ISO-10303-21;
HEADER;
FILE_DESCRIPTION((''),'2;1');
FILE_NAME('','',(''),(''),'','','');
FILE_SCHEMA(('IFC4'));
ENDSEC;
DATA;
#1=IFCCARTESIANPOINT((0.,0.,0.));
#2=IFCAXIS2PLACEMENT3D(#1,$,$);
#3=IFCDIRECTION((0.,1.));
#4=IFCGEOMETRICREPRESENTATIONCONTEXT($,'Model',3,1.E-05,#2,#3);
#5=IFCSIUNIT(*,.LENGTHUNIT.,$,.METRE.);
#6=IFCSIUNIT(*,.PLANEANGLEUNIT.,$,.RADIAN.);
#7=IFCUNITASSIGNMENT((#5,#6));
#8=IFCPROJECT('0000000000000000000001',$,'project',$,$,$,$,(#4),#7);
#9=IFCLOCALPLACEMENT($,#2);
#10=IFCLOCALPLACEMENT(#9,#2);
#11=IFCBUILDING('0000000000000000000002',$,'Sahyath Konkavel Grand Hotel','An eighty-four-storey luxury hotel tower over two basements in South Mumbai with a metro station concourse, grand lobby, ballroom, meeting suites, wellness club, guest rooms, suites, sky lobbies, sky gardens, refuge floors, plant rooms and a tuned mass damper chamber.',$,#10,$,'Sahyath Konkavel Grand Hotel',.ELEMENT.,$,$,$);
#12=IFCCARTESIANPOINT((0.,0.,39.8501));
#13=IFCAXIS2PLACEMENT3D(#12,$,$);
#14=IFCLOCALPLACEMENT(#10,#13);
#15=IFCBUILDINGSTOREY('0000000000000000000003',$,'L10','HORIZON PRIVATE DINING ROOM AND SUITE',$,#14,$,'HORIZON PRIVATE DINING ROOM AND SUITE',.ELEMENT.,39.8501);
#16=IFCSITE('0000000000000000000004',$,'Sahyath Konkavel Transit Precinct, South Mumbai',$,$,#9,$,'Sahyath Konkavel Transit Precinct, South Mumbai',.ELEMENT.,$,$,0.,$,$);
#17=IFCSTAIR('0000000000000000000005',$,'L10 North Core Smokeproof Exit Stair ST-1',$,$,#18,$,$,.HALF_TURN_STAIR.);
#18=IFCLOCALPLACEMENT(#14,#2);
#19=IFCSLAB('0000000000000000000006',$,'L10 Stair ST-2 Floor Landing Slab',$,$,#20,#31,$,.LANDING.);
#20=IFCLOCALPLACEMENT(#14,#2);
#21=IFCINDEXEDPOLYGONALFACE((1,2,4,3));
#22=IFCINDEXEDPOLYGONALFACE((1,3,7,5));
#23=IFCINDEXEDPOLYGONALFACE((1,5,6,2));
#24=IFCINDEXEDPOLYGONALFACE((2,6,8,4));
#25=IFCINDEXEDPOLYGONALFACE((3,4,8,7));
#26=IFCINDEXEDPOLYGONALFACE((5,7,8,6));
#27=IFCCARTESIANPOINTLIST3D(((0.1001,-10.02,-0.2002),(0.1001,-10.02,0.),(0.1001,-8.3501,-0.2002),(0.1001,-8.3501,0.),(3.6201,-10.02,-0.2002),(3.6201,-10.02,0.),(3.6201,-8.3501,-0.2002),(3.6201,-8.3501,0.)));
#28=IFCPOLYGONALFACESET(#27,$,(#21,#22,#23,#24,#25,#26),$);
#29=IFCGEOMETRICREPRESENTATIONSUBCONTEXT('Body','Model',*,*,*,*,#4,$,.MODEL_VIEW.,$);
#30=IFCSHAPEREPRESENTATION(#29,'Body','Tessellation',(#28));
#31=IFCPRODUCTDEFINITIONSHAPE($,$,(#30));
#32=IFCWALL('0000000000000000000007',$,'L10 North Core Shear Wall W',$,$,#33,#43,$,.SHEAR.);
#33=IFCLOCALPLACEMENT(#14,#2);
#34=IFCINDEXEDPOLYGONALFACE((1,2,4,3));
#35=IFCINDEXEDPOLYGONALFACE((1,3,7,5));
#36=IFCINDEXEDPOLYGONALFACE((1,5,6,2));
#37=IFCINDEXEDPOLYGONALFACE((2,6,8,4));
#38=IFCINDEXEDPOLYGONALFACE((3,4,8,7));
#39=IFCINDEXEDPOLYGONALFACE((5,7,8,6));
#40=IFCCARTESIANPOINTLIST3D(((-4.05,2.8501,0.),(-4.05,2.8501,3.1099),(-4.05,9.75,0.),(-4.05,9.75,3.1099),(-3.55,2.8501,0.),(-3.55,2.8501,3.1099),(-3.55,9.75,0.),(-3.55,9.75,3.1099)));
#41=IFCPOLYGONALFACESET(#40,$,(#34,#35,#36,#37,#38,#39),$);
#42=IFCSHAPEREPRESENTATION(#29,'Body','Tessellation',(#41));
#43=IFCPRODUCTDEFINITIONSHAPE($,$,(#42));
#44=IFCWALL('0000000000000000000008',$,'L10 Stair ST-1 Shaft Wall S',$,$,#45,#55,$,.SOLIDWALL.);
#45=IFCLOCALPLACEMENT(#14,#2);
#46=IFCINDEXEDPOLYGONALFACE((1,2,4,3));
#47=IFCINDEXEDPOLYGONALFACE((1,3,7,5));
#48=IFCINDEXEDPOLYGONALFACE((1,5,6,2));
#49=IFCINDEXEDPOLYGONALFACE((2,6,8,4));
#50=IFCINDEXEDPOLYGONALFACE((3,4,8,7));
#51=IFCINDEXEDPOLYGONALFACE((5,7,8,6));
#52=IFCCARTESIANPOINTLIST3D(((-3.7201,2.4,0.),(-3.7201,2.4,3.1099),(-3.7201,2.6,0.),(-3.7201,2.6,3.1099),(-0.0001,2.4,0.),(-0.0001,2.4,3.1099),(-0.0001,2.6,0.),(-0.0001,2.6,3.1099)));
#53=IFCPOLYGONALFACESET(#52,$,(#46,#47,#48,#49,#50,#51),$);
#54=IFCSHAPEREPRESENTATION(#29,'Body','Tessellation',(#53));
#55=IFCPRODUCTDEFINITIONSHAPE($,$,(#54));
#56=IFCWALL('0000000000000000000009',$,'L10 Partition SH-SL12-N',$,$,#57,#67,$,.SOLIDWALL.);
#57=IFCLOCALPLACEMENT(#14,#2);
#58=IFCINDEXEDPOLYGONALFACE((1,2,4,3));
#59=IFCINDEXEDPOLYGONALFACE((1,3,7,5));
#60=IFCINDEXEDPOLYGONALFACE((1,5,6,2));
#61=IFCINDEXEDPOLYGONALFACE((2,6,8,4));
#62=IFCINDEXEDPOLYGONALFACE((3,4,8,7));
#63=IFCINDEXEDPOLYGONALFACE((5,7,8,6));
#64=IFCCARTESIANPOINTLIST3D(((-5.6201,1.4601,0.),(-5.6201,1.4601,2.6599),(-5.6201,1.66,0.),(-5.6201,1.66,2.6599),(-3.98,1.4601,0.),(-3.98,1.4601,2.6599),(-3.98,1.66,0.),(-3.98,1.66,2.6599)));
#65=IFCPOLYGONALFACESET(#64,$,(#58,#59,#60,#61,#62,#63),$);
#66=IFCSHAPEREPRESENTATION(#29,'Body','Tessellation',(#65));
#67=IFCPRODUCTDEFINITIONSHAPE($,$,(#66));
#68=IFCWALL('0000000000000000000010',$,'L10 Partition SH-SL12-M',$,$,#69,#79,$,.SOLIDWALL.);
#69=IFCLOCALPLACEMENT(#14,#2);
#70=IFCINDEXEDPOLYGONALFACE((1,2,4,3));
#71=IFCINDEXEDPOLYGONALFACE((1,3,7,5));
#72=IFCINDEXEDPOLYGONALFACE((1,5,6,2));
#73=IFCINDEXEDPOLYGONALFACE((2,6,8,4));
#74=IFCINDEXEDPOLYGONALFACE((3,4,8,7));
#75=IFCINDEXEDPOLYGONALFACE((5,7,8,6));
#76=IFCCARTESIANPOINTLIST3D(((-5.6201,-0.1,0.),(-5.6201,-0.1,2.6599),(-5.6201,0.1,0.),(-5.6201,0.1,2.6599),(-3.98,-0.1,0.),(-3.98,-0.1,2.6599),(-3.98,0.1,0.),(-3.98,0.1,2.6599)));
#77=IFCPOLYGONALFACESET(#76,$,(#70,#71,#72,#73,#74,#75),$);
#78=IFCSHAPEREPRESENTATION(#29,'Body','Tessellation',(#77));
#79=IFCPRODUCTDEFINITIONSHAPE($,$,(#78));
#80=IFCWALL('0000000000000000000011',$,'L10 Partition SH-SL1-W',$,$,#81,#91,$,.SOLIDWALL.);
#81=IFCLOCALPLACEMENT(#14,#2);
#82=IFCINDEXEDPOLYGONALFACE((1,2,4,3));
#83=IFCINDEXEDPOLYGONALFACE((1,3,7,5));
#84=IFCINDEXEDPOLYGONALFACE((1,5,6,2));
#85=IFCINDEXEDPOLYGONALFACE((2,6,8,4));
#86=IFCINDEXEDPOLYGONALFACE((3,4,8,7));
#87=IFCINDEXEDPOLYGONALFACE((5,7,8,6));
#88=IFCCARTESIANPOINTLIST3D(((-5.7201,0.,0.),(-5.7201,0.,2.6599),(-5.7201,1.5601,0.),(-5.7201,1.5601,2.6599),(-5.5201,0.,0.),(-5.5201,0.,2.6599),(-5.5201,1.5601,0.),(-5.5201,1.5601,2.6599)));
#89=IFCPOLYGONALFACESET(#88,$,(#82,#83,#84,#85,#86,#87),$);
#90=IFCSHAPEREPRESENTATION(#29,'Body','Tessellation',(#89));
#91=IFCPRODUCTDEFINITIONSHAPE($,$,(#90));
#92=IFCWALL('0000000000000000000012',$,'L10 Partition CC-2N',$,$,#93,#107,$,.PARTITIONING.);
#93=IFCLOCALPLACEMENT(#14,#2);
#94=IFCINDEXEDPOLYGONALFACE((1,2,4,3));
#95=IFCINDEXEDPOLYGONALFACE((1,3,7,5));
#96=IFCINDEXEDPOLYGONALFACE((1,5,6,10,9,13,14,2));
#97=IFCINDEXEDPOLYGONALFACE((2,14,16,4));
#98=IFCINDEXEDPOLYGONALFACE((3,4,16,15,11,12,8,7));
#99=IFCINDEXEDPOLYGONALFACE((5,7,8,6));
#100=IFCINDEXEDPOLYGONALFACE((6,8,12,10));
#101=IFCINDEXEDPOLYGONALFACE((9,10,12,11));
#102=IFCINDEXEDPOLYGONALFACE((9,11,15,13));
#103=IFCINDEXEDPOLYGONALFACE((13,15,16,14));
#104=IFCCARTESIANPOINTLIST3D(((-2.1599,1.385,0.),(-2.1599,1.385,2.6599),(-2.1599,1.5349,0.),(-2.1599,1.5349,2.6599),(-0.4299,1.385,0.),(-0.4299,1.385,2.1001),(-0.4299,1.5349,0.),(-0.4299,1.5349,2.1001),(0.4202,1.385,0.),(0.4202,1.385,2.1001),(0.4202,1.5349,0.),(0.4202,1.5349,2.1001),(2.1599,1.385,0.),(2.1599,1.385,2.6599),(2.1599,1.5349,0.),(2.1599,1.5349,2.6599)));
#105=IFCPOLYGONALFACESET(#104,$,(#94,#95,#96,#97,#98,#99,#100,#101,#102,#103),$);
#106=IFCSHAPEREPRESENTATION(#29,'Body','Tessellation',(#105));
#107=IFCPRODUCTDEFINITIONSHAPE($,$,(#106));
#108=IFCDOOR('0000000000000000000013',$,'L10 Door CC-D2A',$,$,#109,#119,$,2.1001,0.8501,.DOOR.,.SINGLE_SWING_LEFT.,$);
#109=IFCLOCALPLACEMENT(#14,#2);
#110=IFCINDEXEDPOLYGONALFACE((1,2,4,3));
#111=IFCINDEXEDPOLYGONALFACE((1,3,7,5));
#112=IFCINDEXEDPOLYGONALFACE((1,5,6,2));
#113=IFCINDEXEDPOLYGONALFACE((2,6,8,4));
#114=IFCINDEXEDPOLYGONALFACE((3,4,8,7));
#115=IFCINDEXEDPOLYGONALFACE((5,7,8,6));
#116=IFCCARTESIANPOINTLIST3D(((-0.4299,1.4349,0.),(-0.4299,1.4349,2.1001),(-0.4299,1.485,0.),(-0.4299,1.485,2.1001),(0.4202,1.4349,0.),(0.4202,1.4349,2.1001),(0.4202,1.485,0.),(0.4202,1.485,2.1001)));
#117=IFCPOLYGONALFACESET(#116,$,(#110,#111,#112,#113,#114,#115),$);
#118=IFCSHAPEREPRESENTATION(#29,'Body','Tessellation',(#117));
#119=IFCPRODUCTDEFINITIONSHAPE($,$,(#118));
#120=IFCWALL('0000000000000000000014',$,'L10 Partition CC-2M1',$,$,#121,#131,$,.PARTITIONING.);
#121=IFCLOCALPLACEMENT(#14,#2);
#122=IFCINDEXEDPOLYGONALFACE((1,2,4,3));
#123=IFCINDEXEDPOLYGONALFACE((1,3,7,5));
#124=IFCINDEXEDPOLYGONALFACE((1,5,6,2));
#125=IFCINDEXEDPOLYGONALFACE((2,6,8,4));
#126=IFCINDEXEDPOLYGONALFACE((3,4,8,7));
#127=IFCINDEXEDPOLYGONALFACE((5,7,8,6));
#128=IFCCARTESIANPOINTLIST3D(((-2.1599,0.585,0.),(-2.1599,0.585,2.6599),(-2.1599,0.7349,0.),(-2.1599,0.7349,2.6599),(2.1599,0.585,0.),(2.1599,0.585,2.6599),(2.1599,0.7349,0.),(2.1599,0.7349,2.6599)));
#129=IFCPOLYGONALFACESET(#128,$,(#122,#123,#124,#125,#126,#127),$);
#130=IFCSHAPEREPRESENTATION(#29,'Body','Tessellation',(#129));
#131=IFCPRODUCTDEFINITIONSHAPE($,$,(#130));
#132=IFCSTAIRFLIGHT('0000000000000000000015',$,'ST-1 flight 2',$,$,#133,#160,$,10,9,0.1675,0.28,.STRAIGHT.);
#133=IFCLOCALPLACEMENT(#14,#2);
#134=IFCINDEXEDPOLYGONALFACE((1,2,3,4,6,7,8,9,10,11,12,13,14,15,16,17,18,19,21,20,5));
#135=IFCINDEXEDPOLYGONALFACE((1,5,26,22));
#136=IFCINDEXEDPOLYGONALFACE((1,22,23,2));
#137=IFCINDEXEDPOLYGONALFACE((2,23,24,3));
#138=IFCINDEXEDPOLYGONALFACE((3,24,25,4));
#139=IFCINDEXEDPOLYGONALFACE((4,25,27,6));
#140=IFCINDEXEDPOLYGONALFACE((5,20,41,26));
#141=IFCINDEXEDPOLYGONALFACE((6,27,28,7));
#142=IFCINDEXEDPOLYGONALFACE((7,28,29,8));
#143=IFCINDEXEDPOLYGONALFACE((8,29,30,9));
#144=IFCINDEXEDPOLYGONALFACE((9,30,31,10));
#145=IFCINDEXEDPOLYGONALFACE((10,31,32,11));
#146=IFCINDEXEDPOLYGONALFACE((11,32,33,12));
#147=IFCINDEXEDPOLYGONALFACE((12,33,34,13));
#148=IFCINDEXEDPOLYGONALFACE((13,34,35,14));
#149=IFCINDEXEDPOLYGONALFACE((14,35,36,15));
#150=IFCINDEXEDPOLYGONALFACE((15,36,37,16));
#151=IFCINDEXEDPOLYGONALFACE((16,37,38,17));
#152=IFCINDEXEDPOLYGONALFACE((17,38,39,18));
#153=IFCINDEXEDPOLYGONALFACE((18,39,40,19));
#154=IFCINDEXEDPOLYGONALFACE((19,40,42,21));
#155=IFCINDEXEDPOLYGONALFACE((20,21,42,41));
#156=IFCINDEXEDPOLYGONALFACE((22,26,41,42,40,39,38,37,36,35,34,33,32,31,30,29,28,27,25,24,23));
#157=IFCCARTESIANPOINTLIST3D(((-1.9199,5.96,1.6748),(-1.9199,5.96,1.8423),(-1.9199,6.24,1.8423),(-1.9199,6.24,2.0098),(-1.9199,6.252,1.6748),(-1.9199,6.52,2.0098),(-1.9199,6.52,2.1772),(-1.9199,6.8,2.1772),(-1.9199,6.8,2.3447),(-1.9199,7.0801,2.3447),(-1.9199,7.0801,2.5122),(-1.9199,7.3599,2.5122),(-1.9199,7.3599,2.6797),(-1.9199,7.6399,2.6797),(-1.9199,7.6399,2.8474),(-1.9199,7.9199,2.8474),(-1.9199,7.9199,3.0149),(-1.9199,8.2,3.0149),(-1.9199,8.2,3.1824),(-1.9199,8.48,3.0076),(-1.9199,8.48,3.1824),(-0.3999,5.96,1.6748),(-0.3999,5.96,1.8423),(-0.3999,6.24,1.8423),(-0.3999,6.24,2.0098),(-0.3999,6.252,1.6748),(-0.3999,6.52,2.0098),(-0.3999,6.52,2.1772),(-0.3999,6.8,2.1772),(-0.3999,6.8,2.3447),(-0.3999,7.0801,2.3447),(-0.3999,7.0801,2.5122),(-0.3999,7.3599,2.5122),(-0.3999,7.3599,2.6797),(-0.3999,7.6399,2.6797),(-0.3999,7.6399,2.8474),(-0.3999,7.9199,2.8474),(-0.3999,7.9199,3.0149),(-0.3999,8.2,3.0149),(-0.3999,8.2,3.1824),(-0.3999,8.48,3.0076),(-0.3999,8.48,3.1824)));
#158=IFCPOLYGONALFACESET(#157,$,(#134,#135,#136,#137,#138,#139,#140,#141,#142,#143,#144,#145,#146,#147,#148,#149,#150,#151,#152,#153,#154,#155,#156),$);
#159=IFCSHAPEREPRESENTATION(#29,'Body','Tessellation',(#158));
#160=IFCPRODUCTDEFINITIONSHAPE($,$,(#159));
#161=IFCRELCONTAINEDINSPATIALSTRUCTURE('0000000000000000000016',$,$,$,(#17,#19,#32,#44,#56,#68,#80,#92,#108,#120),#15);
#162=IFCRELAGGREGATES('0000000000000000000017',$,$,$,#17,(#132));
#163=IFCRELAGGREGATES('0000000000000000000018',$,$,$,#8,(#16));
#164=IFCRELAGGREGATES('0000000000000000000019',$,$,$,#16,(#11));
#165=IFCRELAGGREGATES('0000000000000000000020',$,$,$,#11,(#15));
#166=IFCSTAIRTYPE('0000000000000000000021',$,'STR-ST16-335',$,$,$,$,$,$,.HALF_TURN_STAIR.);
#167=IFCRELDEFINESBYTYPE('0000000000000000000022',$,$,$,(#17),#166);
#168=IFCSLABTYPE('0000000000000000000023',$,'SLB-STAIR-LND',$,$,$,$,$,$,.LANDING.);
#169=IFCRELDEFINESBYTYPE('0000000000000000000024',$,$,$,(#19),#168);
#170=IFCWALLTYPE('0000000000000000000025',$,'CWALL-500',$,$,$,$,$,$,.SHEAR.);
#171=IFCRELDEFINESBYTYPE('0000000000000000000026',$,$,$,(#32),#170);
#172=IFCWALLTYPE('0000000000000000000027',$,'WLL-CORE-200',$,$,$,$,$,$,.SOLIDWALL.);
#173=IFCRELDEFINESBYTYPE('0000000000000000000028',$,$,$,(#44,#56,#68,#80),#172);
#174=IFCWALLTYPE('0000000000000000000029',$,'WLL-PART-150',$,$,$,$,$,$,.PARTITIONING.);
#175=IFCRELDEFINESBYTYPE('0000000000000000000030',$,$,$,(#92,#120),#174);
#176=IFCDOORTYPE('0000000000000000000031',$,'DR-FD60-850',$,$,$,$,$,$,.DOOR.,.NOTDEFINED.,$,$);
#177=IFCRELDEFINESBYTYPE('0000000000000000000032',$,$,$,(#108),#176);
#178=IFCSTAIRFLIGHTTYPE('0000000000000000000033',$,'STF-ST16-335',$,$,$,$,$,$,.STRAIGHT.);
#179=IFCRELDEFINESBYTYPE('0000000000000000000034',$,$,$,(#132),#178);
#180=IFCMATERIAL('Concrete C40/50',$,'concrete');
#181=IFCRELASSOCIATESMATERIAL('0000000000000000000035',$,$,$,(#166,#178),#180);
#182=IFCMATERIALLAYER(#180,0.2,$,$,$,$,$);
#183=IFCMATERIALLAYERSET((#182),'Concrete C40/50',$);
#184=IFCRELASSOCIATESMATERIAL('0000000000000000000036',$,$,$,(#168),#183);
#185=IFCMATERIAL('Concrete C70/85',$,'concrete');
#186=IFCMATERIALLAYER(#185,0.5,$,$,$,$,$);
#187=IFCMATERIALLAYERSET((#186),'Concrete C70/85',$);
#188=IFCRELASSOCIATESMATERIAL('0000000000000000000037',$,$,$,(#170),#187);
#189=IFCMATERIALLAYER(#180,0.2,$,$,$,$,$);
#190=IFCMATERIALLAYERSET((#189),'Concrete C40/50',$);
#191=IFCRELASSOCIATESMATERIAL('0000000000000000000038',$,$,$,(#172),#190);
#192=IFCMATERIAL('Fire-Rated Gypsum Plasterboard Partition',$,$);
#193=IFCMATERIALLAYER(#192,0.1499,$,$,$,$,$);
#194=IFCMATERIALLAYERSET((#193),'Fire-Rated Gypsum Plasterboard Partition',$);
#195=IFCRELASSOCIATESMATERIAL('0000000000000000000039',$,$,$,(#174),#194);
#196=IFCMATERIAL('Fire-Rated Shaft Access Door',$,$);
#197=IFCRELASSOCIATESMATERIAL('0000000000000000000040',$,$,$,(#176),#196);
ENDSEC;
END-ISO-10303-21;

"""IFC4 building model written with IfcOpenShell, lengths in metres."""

from ifc_helpers import new_model, si_unit, direction, frame, frame_2d, origin, origin_2d, place, context, subcontext, project, spatial, polyline, rectangle, outline, extrude, source, transform, mapped, material, layer, layer_set, type_object, element, fill, aggregate, save


model = new_model("IFC4")

# Units and contexts
model_context = context("Model", 3, precision=1e-05, world=origin(), true_north=direction((0.0, 1.0)))
body_context = subcontext(model_context, "Body", "Model", "MODEL_VIEW")
ifc_project = project(units=[si_unit("LENGTHUNIT", "METRE"), si_unit("PLANEANGLEUNIT", "RADIAN")], contexts=[model_context])

# Site, building, storey
site_placement = place(None, origin())
site = spatial("IfcSite", under=ifc_project, at=site_placement, Name="Sahyath Konkavel Transit Precinct, South Mumbai", LongName="Sahyath Konkavel Transit Precinct, South Mumbai", CompositionType="ELEMENT", RefElevation=0.0)
building_placement = place(site_placement, origin())
building = spatial("IfcBuilding", under=site, at=building_placement, Name="Sahyath Konkavel Grand Hotel", Description="An eighty-four-storey luxury hotel tower over two basements in South Mumbai with a metro station concourse, grand lobby, ballroom, meeting suites, wellness club, guest rooms, suites, sky lobbies, sky gardens, refuge floors, plant rooms and a tuned mass damper chamber.", LongName="Sahyath Konkavel Grand Hotel", CompositionType="ELEMENT")
storey_placement = place(building_placement, frame((0.0, 0.0, 39.8501)))
storey = spatial("IfcBuildingStorey", under=building, at=storey_placement, Name="L10", Description="HORIZON PRIVATE DINING ROOM AND SUITE", LongName="HORIZON PRIVATE DINING ROOM AND SUITE", CompositionType="ELEMENT", Elevation=39.8501)

# Shared definitions
ifc_material_1 = material(Name="Concrete C70/85", Category="concrete")

# Shared definitions
ifc_material_2 = material(Name="Concrete C40/50", Category="concrete")

# Stair
stair_type = type_object("IfcStairType", Name="STR-ST16-335", PredefinedType="HALF_TURN_STAIR", material=ifc_material_2)
stair_1_placement = place(storey_placement, origin())
stair_1 = element("IfcStair", 1, at=stair_1_placement, inside=storey, type_object=stair_type, Name="L10 North Core Smokeproof Exit Stair ST-1", PredefinedType="HALF_TURN_STAIR")
ifc_layer_1 = layer(ifc_material_2, 0.2)
ifc_layer_set_1 = layer_set([ifc_layer_1], Name="Concrete C40/50")
slab_type_1 = type_object("IfcSlabType", Name="SLB-STAIR-LND", PredefinedType="LANDING", material=ifc_layer_set_1)

# Slab
slab_1_placement = place(storey_placement, frame((0.0, 0.0, -0.2002)))
element("IfcSlab", 2, at=slab_1_placement, inside=storey, type_object=slab_type_1, Name="L10 Stair ST-2 Floor Landing Slab", PredefinedType="LANDING", context=body_context, shape_type="SweptSolid", body=[
    extrude(outline(polyline([(0.1001, -10.02), (3.6201, -10.02), (3.6201, -8.3501), (0.1001, -8.3501), (0.1001, -10.02)])), origin(), (0.0, 0.0, 1.0), 0.2002),
])

# Walls
ifc_layer_2 = layer(ifc_material_1, 0.5)
ifc_layer_set_2 = layer_set([ifc_layer_2], Name="Concrete C70/85")
wall_type_1 = type_object("IfcWallType", Name="CWALL-500", PredefinedType="SHEAR", material=ifc_layer_set_2)
wall_1_placement = place(storey_placement, frame((-3.8, 2.8501, 0.0), z_axis=(0.0, 0.0, 1.0), x_axis=(0.0, 1.0, 0.0)))
element("IfcWall", 3, at=wall_1_placement, inside=storey, type_object=wall_type_1, Name="L10 North Core Shear Wall W", PredefinedType="SHEAR", context=body_context, shape_type="SweptSolid", body=[
    extrude(rectangle(XDim=6.8999, YDim=0.5, at=frame_2d((3.45, 0.0))), origin(), (0.0, 0.0, 1.0), 3.1099),
])
ifc_layer_3 = layer(ifc_material_2, 0.2)
ifc_layer_set_3 = layer_set([ifc_layer_3], Name="Concrete C40/50")
wall_type_2 = type_object("IfcWallType", Name="WLL-CORE-200", PredefinedType="SOLIDWALL", material=ifc_layer_set_3)
wall_2_placement = place(storey_placement, frame((-3.72, 2.5, 0.0), z_axis=(0.0, 0.0, 1.0), x_axis=(1.0, 0.0, 0.0)))
element("IfcWall", 4, at=wall_2_placement, inside=storey, type_object=wall_type_2, Name="L10 Stair ST-1 Shaft Wall S", PredefinedType="SOLIDWALL", context=body_context, shape_type="SweptSolid", body=[
    extrude(rectangle(XDim=3.72, YDim=0.2, at=frame_2d((1.8599, 0.0))), origin(), (0.0, 0.0, 1.0), 3.1099),
])
for number, where, z_axis, x_axis, name in (
    (5, (-5.6201, 1.5601, 0.0), (0.0, 0.0, 1.0), (1.0, 0.0, 0.0), "L10 Partition SH-SL12-N"),
    (6, (-5.6201, 0.0, 0.0), (0.0, 0.0, 1.0), (1.0, 0.0, 0.0), "L10 Partition SH-SL12-M"),
):
    element("IfcWall", number, at=place(storey_placement, frame(where, z_axis=z_axis, x_axis=x_axis)), inside=storey, type_object=wall_type_2, Name=name, PredefinedType="SOLIDWALL", context=body_context, shape_type="SweptSolid", body=[
        extrude(rectangle(XDim=1.6401, YDim=0.2, at=frame_2d((0.8201, 0.0))), origin(), (0.0, 0.0, 1.0), 2.6599),
    ])
wall_3_placement = place(storey_placement, frame((-5.6201, 0.0, 0.0), z_axis=(0.0, 0.0, 1.0), x_axis=(0.0, 1.0, 0.0)))
element("IfcWall", 7, at=wall_3_placement, inside=storey, type_object=wall_type_2, Name="L10 Partition SH-SL1-W", PredefinedType="SOLIDWALL", context=body_context, shape_type="SweptSolid", body=[
    extrude(rectangle(XDim=1.5601, YDim=0.2, at=frame_2d((0.78, 0.0))), origin(), (0.0, 0.0, 1.0), 2.6599),
])

# Wall, opening, door
ifc_material_3 = material(Name="Fire-Rated Gypsum Plasterboard Partition")
ifc_layer_4 = layer(ifc_material_3, 0.1499)
ifc_layer_set_4 = layer_set([ifc_layer_4], Name="Fire-Rated Gypsum Plasterboard Partition")
wall_type_3 = type_object("IfcWallType", Name="WLL-PART-150", PredefinedType="PARTITIONING", material=ifc_layer_set_4)
wall_4_placement = place(storey_placement, frame((-2.1599, 1.46, 0.0), z_axis=(0.0, 0.0, 1.0), x_axis=(1.0, 0.0, 0.0)))
wall_4 = element("IfcWall", 8, at=wall_4_placement, inside=storey, type_object=wall_type_3, Name="L10 Partition CC-2N", PredefinedType="PARTITIONING", context=body_context, shape_type="SweptSolid", body=[
    extrude(rectangle(XDim=4.3198, YDim=0.1499, at=frame_2d((2.1599, 0.0))), origin(), (0.0, 0.0, 1.0), 2.6599),
])
opening_placement = place(wall_4_placement, frame((1.73, 0.0, 0.0)))
opening = element("IfcOpeningElement", 9, at=opening_placement, cuts=wall_4, PredefinedType="OPENING", context=body_context, shape_type="SweptSolid", body=[
    extrude(rectangle(XDim=0.8501, YDim=2.1001, at=frame_2d((0.425, 1.05))), frame((0.0, 0.085, 0.0), z_axis=(0.0, -1.0, 0.0), x_axis=(1.0, 0.0, 0.0)), (0.0, 0.0, 1.0), 0.1699),
])
ifc_material_4 = material(Name="Fire-Rated Shaft Access Door")
door_type = type_object("IfcDoorType", Name="DR-FD60-850", OperationType="NOTDEFINED", PredefinedType="DOOR", material=ifc_material_4)
shared_shape_1 = source(origin(), body_context, "Body", "SweptSolid", [
    extrude(rectangle(XDim=0.8501, YDim=0.05, at=origin_2d()), origin(), (0.0, 0.0, 1.0), 2.1001),
])
door_placement = place(opening_placement, frame((0.425, 0.0, 0.0)))
door = element("IfcDoor", 10, at=door_placement, inside=storey, type_object=door_type, Name="L10 Door CC-D2A", OperationType="SINGLE_SWING_LEFT", OverallHeight=2.1001, OverallWidth=0.8501, PredefinedType="DOOR", context=body_context, shape_type="MappedRepresentation", body=[
    mapped(shared_shape_1, transform((0.0, 0.0, 0.0), scale=1.0)),
])
fill(opening, door)

# Wall
wall_5_placement = place(storey_placement, frame((-2.1599, 0.6599, 0.0), z_axis=(0.0, 0.0, 1.0), x_axis=(1.0, 0.0, 0.0)))
element("IfcWall", 11, at=wall_5_placement, inside=storey, type_object=wall_type_3, Name="L10 Partition CC-2M1", PredefinedType="PARTITIONING", context=body_context, shape_type="SweptSolid", body=[
    extrude(rectangle(XDim=4.3198, YDim=0.1499, at=frame_2d((2.1599, 0.0))), origin(), (0.0, 0.0, 1.0), 2.6599),
])

# Stair flight
stair_flight_type = type_object("IfcStairFlightType", Name="STF-ST16-335", PredefinedType="STRAIGHT", material=ifc_material_2)
stair_flight_placement = place(storey_placement, frame((-1.1599, 5.96, 1.6748), z_axis=(0.0, 0.0, 1.0), x_axis=(0.0, 1.0, 0.0)))
stair_flight = element("IfcStairFlight", 12, at=stair_flight_placement, type_object=stair_flight_type, Name="ST-1 flight 2", NumberOfRisers=10, NumberOfTreads=9, PredefinedType="STRAIGHT", RiserHeight=0.1675, TreadLength=0.28, context=body_context, shape_type="SweptSolid", body=[
    extrude(outline(polyline([(0.0, 0.0), (0.0, 0.1675), (0.28, 0.1675), (0.28, 0.335), (0.5601, 0.335), (0.5601, 0.5024), (0.8401, 0.5024), (0.8401, 0.6699), (1.1201, 0.6699), (1.1201, 0.8374), (1.3999, 0.8374), (1.3999, 1.0049), (1.6799, 1.0049), (1.6799, 1.1726), (1.96, 1.1726), (1.96, 1.3401), (2.24, 1.3401), (2.24, 1.5076), (2.52, 1.5076), (2.52, 1.675), (2.52, 1.3328), (0.292, 0.0), (0.0, 0.0)])), frame((0.0, 0.76, 0.0), z_axis=(0.0, -1.0, 0.0), x_axis=(1.0, 0.0, 0.0)), (0.0, 0.0, 1.0), 1.52),
])
aggregate(stair_1, [stair_flight])

save(model, "model.ifc")
